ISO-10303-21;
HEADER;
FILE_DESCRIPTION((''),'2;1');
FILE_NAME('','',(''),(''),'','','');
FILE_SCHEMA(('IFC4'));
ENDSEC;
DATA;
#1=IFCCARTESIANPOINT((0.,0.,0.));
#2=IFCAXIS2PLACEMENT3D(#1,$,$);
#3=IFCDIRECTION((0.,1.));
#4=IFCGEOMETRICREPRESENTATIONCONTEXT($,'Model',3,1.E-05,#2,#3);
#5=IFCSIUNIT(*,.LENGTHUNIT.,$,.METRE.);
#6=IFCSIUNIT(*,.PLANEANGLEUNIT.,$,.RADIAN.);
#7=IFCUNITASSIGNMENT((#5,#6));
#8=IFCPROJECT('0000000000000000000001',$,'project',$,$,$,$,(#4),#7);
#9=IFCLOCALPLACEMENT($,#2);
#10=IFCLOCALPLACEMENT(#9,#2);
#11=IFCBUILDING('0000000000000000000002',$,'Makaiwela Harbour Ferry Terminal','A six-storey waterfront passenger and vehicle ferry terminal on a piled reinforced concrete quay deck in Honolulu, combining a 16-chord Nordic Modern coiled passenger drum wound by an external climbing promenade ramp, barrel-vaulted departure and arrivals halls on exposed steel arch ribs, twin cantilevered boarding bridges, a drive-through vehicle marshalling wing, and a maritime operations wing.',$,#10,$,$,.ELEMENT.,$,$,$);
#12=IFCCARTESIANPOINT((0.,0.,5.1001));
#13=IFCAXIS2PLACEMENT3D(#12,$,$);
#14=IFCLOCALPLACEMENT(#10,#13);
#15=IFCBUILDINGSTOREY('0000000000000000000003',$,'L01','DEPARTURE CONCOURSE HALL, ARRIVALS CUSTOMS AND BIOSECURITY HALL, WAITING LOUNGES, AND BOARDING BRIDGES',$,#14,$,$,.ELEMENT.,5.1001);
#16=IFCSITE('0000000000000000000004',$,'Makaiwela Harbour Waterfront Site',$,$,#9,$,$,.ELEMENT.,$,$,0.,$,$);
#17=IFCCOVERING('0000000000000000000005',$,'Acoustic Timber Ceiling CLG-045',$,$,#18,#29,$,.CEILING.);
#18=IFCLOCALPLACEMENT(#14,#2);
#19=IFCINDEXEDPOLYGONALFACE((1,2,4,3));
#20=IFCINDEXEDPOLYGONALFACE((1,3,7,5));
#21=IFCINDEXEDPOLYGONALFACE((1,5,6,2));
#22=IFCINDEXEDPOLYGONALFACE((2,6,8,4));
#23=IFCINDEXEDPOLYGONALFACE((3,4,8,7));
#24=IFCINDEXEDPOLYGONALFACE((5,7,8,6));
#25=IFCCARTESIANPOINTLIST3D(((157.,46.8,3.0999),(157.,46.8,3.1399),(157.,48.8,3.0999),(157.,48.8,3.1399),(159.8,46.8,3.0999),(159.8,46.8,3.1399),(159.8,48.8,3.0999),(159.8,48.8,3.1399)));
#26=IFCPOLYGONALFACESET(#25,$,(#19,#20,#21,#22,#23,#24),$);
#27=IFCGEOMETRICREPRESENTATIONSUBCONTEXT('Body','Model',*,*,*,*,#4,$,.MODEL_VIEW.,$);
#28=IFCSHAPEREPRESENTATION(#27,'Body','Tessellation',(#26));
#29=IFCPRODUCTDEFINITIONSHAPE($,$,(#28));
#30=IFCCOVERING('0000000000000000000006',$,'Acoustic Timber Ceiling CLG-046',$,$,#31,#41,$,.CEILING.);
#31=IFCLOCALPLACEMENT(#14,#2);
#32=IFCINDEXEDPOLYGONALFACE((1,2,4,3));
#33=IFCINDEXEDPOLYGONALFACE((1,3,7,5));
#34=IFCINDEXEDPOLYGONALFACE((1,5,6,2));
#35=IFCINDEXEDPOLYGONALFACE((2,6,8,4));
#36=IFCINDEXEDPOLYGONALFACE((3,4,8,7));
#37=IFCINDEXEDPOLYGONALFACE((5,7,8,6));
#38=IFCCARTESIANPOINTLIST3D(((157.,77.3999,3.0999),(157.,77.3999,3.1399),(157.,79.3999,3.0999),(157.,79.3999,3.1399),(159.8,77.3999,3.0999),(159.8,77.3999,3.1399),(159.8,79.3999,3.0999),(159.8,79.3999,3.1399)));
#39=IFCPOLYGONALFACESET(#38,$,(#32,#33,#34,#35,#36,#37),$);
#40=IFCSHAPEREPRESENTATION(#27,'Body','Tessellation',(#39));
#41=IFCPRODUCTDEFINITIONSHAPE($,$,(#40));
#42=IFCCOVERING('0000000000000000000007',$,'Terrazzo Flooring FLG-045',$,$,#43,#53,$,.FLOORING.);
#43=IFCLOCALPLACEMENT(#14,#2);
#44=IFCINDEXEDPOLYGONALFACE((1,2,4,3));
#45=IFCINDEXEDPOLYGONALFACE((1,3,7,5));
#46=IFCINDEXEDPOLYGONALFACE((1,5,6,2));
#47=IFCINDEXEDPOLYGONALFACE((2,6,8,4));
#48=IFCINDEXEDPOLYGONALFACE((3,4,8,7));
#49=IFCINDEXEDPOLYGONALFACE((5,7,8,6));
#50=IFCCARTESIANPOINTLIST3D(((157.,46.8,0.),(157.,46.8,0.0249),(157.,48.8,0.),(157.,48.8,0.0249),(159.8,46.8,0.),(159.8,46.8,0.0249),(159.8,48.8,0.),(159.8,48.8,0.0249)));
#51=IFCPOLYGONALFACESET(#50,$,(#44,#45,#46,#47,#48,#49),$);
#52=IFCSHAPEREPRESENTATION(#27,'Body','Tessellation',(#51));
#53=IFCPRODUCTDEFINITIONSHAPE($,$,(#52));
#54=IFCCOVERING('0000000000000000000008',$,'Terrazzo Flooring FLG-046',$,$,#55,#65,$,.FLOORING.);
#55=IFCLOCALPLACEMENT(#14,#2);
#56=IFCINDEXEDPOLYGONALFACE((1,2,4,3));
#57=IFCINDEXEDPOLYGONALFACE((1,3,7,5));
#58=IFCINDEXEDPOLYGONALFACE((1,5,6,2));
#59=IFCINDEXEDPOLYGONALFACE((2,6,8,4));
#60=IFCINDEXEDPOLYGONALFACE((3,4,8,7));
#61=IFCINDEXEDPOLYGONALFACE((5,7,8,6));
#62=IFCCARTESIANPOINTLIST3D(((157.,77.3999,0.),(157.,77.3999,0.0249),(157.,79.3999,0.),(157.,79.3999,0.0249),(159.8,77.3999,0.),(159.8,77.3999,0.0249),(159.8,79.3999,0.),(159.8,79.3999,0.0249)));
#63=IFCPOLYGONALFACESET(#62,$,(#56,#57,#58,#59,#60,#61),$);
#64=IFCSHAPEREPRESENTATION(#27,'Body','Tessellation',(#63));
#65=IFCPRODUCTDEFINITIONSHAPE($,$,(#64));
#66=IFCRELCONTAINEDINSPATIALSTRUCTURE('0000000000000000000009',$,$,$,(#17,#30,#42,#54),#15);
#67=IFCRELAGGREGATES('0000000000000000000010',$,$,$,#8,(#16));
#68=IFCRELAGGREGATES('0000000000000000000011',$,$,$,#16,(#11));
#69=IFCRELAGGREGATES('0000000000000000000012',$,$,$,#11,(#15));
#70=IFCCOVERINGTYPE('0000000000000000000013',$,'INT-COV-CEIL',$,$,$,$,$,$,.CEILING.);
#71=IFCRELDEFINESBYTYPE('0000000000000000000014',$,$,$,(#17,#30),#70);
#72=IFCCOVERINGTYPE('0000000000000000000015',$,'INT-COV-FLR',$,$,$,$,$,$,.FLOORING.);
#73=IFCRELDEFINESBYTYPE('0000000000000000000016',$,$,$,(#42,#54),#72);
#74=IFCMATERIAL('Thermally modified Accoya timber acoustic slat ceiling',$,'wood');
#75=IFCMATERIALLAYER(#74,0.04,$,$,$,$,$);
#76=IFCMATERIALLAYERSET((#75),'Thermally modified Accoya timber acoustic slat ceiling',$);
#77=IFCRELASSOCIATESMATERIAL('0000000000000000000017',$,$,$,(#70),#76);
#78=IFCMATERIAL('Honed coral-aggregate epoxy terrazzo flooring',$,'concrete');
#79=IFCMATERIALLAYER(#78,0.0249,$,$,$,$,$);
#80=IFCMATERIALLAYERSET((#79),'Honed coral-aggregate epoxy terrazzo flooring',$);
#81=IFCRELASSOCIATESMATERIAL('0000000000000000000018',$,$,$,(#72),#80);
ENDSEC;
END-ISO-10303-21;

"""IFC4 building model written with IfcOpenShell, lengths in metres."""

from ifc_helpers import new_model, si_unit, direction, frame, origin, place, context, subcontext, project, spatial, polyline, outline, extrude, material, layer, layer_set, type_object, element, save


model = new_model("IFC4")

# Units and contexts
model_context = context("Model", 3, precision=1e-05, world=origin(), true_north=direction((0.0, 1.0)))
body_context = subcontext(model_context, "Body", "Model", "MODEL_VIEW")
ifc_project = project(units=[si_unit("LENGTHUNIT", "METRE"), si_unit("PLANEANGLEUNIT", "RADIAN")], contexts=[model_context])

# Site, building, storey
site_placement = place(None, origin())
site = spatial("IfcSite", under=ifc_project, at=site_placement, Name="Makaiwela Harbour Waterfront Site", CompositionType="ELEMENT", RefElevation=0.0)
building_placement = place(site_placement, origin())
building = spatial("IfcBuilding", under=site, at=building_placement, Name="Makaiwela Harbour Ferry Terminal", Description="A six-storey waterfront passenger and vehicle ferry terminal on a piled reinforced concrete quay deck in Honolulu, combining a 16-chord Nordic Modern coiled passenger drum wound by an external climbing promenade ramp, barrel-vaulted departure and arrivals halls on exposed steel arch ribs, twin cantilevered boarding bridges, a drive-through vehicle marshalling wing, and a maritime operations wing.", CompositionType="ELEMENT")
storey_placement = place(building_placement, frame((0.0, 0.0, 5.1001)))
storey = spatial("IfcBuildingStorey", under=building, at=storey_placement, Name="L01", Description="DEPARTURE CONCOURSE HALL, ARRIVALS CUSTOMS AND BIOSECURITY HALL, WAITING LOUNGES, AND BOARDING BRIDGES", CompositionType="ELEMENT", Elevation=5.1001)

# Coverings
ifc_material_1 = material(Name="Thermally modified Accoya timber acoustic slat ceiling", Category="wood")
ifc_layer_1 = layer(ifc_material_1, 0.04)
ifc_layer_set_1 = layer_set([ifc_layer_1], Name="Thermally modified Accoya timber acoustic slat ceiling")
covering_type_1 = type_object("IfcCoveringType", Name="INT-COV-CEIL", PredefinedType="CEILING", material=ifc_layer_set_1)
covering_1_placement = place(storey_placement, frame((0.0, 0.0, 3.0999)))
element("IfcCovering", 1, at=covering_1_placement, inside=storey, type_object=covering_type_1, Name="Acoustic Timber Ceiling CLG-045", PredefinedType="CEILING", context=body_context, shape_type="SweptSolid", body=[
    extrude(outline(polyline([(157.0, 46.8), (159.8, 46.8), (159.8, 48.8), (157.0, 48.8), (157.0, 46.8)])), origin(), (0.0, 0.0, 1.0), 0.04),
])
covering_2_placement = place(storey_placement, frame((0.0, 0.0, 3.0999)))
element("IfcCovering", 2, at=covering_2_placement, inside=storey, type_object=covering_type_1, Name="Acoustic Timber Ceiling CLG-046", PredefinedType="CEILING", context=body_context, shape_type="SweptSolid", body=[
    extrude(outline(polyline([(157.0, 77.3999), (159.8, 77.3999), (159.8, 79.3999), (157.0, 79.3999), (157.0, 77.3999)])), origin(), (0.0, 0.0, 1.0), 0.04),
])
ifc_material_2 = material(Name="Honed coral-aggregate epoxy terrazzo flooring", Category="concrete")
ifc_layer_2 = layer(ifc_material_2, 0.0249)
ifc_layer_set_2 = layer_set([ifc_layer_2], Name="Honed coral-aggregate epoxy terrazzo flooring")
covering_type_2 = type_object("IfcCoveringType", Name="INT-COV-FLR", PredefinedType="FLOORING", material=ifc_layer_set_2)
covering_3_placement = place(storey_placement, origin())
element("IfcCovering", 3, at=covering_3_placement, inside=storey, type_object=covering_type_2, Name="Terrazzo Flooring FLG-045", PredefinedType="FLOORING", context=body_context, shape_type="SweptSolid", body=[
    extrude(outline(polyline([(157.0, 46.8), (159.8, 46.8), (159.8, 48.8), (157.0, 48.8), (157.0, 46.8)])), origin(), (0.0, 0.0, 1.0), 0.0249),
])
covering_4_placement = place(storey_placement, origin())
element("IfcCovering", 4, at=covering_4_placement, inside=storey, type_object=covering_type_2, Name="Terrazzo Flooring FLG-046", PredefinedType="FLOORING", context=body_context, shape_type="SweptSolid", body=[
    extrude(outline(polyline([(157.0, 77.3999), (159.8, 77.3999), (159.8, 79.3999), (157.0, 79.3999), (157.0, 77.3999)])), origin(), (0.0, 0.0, 1.0), 0.0249),
])

save(model, "model.ifc")
